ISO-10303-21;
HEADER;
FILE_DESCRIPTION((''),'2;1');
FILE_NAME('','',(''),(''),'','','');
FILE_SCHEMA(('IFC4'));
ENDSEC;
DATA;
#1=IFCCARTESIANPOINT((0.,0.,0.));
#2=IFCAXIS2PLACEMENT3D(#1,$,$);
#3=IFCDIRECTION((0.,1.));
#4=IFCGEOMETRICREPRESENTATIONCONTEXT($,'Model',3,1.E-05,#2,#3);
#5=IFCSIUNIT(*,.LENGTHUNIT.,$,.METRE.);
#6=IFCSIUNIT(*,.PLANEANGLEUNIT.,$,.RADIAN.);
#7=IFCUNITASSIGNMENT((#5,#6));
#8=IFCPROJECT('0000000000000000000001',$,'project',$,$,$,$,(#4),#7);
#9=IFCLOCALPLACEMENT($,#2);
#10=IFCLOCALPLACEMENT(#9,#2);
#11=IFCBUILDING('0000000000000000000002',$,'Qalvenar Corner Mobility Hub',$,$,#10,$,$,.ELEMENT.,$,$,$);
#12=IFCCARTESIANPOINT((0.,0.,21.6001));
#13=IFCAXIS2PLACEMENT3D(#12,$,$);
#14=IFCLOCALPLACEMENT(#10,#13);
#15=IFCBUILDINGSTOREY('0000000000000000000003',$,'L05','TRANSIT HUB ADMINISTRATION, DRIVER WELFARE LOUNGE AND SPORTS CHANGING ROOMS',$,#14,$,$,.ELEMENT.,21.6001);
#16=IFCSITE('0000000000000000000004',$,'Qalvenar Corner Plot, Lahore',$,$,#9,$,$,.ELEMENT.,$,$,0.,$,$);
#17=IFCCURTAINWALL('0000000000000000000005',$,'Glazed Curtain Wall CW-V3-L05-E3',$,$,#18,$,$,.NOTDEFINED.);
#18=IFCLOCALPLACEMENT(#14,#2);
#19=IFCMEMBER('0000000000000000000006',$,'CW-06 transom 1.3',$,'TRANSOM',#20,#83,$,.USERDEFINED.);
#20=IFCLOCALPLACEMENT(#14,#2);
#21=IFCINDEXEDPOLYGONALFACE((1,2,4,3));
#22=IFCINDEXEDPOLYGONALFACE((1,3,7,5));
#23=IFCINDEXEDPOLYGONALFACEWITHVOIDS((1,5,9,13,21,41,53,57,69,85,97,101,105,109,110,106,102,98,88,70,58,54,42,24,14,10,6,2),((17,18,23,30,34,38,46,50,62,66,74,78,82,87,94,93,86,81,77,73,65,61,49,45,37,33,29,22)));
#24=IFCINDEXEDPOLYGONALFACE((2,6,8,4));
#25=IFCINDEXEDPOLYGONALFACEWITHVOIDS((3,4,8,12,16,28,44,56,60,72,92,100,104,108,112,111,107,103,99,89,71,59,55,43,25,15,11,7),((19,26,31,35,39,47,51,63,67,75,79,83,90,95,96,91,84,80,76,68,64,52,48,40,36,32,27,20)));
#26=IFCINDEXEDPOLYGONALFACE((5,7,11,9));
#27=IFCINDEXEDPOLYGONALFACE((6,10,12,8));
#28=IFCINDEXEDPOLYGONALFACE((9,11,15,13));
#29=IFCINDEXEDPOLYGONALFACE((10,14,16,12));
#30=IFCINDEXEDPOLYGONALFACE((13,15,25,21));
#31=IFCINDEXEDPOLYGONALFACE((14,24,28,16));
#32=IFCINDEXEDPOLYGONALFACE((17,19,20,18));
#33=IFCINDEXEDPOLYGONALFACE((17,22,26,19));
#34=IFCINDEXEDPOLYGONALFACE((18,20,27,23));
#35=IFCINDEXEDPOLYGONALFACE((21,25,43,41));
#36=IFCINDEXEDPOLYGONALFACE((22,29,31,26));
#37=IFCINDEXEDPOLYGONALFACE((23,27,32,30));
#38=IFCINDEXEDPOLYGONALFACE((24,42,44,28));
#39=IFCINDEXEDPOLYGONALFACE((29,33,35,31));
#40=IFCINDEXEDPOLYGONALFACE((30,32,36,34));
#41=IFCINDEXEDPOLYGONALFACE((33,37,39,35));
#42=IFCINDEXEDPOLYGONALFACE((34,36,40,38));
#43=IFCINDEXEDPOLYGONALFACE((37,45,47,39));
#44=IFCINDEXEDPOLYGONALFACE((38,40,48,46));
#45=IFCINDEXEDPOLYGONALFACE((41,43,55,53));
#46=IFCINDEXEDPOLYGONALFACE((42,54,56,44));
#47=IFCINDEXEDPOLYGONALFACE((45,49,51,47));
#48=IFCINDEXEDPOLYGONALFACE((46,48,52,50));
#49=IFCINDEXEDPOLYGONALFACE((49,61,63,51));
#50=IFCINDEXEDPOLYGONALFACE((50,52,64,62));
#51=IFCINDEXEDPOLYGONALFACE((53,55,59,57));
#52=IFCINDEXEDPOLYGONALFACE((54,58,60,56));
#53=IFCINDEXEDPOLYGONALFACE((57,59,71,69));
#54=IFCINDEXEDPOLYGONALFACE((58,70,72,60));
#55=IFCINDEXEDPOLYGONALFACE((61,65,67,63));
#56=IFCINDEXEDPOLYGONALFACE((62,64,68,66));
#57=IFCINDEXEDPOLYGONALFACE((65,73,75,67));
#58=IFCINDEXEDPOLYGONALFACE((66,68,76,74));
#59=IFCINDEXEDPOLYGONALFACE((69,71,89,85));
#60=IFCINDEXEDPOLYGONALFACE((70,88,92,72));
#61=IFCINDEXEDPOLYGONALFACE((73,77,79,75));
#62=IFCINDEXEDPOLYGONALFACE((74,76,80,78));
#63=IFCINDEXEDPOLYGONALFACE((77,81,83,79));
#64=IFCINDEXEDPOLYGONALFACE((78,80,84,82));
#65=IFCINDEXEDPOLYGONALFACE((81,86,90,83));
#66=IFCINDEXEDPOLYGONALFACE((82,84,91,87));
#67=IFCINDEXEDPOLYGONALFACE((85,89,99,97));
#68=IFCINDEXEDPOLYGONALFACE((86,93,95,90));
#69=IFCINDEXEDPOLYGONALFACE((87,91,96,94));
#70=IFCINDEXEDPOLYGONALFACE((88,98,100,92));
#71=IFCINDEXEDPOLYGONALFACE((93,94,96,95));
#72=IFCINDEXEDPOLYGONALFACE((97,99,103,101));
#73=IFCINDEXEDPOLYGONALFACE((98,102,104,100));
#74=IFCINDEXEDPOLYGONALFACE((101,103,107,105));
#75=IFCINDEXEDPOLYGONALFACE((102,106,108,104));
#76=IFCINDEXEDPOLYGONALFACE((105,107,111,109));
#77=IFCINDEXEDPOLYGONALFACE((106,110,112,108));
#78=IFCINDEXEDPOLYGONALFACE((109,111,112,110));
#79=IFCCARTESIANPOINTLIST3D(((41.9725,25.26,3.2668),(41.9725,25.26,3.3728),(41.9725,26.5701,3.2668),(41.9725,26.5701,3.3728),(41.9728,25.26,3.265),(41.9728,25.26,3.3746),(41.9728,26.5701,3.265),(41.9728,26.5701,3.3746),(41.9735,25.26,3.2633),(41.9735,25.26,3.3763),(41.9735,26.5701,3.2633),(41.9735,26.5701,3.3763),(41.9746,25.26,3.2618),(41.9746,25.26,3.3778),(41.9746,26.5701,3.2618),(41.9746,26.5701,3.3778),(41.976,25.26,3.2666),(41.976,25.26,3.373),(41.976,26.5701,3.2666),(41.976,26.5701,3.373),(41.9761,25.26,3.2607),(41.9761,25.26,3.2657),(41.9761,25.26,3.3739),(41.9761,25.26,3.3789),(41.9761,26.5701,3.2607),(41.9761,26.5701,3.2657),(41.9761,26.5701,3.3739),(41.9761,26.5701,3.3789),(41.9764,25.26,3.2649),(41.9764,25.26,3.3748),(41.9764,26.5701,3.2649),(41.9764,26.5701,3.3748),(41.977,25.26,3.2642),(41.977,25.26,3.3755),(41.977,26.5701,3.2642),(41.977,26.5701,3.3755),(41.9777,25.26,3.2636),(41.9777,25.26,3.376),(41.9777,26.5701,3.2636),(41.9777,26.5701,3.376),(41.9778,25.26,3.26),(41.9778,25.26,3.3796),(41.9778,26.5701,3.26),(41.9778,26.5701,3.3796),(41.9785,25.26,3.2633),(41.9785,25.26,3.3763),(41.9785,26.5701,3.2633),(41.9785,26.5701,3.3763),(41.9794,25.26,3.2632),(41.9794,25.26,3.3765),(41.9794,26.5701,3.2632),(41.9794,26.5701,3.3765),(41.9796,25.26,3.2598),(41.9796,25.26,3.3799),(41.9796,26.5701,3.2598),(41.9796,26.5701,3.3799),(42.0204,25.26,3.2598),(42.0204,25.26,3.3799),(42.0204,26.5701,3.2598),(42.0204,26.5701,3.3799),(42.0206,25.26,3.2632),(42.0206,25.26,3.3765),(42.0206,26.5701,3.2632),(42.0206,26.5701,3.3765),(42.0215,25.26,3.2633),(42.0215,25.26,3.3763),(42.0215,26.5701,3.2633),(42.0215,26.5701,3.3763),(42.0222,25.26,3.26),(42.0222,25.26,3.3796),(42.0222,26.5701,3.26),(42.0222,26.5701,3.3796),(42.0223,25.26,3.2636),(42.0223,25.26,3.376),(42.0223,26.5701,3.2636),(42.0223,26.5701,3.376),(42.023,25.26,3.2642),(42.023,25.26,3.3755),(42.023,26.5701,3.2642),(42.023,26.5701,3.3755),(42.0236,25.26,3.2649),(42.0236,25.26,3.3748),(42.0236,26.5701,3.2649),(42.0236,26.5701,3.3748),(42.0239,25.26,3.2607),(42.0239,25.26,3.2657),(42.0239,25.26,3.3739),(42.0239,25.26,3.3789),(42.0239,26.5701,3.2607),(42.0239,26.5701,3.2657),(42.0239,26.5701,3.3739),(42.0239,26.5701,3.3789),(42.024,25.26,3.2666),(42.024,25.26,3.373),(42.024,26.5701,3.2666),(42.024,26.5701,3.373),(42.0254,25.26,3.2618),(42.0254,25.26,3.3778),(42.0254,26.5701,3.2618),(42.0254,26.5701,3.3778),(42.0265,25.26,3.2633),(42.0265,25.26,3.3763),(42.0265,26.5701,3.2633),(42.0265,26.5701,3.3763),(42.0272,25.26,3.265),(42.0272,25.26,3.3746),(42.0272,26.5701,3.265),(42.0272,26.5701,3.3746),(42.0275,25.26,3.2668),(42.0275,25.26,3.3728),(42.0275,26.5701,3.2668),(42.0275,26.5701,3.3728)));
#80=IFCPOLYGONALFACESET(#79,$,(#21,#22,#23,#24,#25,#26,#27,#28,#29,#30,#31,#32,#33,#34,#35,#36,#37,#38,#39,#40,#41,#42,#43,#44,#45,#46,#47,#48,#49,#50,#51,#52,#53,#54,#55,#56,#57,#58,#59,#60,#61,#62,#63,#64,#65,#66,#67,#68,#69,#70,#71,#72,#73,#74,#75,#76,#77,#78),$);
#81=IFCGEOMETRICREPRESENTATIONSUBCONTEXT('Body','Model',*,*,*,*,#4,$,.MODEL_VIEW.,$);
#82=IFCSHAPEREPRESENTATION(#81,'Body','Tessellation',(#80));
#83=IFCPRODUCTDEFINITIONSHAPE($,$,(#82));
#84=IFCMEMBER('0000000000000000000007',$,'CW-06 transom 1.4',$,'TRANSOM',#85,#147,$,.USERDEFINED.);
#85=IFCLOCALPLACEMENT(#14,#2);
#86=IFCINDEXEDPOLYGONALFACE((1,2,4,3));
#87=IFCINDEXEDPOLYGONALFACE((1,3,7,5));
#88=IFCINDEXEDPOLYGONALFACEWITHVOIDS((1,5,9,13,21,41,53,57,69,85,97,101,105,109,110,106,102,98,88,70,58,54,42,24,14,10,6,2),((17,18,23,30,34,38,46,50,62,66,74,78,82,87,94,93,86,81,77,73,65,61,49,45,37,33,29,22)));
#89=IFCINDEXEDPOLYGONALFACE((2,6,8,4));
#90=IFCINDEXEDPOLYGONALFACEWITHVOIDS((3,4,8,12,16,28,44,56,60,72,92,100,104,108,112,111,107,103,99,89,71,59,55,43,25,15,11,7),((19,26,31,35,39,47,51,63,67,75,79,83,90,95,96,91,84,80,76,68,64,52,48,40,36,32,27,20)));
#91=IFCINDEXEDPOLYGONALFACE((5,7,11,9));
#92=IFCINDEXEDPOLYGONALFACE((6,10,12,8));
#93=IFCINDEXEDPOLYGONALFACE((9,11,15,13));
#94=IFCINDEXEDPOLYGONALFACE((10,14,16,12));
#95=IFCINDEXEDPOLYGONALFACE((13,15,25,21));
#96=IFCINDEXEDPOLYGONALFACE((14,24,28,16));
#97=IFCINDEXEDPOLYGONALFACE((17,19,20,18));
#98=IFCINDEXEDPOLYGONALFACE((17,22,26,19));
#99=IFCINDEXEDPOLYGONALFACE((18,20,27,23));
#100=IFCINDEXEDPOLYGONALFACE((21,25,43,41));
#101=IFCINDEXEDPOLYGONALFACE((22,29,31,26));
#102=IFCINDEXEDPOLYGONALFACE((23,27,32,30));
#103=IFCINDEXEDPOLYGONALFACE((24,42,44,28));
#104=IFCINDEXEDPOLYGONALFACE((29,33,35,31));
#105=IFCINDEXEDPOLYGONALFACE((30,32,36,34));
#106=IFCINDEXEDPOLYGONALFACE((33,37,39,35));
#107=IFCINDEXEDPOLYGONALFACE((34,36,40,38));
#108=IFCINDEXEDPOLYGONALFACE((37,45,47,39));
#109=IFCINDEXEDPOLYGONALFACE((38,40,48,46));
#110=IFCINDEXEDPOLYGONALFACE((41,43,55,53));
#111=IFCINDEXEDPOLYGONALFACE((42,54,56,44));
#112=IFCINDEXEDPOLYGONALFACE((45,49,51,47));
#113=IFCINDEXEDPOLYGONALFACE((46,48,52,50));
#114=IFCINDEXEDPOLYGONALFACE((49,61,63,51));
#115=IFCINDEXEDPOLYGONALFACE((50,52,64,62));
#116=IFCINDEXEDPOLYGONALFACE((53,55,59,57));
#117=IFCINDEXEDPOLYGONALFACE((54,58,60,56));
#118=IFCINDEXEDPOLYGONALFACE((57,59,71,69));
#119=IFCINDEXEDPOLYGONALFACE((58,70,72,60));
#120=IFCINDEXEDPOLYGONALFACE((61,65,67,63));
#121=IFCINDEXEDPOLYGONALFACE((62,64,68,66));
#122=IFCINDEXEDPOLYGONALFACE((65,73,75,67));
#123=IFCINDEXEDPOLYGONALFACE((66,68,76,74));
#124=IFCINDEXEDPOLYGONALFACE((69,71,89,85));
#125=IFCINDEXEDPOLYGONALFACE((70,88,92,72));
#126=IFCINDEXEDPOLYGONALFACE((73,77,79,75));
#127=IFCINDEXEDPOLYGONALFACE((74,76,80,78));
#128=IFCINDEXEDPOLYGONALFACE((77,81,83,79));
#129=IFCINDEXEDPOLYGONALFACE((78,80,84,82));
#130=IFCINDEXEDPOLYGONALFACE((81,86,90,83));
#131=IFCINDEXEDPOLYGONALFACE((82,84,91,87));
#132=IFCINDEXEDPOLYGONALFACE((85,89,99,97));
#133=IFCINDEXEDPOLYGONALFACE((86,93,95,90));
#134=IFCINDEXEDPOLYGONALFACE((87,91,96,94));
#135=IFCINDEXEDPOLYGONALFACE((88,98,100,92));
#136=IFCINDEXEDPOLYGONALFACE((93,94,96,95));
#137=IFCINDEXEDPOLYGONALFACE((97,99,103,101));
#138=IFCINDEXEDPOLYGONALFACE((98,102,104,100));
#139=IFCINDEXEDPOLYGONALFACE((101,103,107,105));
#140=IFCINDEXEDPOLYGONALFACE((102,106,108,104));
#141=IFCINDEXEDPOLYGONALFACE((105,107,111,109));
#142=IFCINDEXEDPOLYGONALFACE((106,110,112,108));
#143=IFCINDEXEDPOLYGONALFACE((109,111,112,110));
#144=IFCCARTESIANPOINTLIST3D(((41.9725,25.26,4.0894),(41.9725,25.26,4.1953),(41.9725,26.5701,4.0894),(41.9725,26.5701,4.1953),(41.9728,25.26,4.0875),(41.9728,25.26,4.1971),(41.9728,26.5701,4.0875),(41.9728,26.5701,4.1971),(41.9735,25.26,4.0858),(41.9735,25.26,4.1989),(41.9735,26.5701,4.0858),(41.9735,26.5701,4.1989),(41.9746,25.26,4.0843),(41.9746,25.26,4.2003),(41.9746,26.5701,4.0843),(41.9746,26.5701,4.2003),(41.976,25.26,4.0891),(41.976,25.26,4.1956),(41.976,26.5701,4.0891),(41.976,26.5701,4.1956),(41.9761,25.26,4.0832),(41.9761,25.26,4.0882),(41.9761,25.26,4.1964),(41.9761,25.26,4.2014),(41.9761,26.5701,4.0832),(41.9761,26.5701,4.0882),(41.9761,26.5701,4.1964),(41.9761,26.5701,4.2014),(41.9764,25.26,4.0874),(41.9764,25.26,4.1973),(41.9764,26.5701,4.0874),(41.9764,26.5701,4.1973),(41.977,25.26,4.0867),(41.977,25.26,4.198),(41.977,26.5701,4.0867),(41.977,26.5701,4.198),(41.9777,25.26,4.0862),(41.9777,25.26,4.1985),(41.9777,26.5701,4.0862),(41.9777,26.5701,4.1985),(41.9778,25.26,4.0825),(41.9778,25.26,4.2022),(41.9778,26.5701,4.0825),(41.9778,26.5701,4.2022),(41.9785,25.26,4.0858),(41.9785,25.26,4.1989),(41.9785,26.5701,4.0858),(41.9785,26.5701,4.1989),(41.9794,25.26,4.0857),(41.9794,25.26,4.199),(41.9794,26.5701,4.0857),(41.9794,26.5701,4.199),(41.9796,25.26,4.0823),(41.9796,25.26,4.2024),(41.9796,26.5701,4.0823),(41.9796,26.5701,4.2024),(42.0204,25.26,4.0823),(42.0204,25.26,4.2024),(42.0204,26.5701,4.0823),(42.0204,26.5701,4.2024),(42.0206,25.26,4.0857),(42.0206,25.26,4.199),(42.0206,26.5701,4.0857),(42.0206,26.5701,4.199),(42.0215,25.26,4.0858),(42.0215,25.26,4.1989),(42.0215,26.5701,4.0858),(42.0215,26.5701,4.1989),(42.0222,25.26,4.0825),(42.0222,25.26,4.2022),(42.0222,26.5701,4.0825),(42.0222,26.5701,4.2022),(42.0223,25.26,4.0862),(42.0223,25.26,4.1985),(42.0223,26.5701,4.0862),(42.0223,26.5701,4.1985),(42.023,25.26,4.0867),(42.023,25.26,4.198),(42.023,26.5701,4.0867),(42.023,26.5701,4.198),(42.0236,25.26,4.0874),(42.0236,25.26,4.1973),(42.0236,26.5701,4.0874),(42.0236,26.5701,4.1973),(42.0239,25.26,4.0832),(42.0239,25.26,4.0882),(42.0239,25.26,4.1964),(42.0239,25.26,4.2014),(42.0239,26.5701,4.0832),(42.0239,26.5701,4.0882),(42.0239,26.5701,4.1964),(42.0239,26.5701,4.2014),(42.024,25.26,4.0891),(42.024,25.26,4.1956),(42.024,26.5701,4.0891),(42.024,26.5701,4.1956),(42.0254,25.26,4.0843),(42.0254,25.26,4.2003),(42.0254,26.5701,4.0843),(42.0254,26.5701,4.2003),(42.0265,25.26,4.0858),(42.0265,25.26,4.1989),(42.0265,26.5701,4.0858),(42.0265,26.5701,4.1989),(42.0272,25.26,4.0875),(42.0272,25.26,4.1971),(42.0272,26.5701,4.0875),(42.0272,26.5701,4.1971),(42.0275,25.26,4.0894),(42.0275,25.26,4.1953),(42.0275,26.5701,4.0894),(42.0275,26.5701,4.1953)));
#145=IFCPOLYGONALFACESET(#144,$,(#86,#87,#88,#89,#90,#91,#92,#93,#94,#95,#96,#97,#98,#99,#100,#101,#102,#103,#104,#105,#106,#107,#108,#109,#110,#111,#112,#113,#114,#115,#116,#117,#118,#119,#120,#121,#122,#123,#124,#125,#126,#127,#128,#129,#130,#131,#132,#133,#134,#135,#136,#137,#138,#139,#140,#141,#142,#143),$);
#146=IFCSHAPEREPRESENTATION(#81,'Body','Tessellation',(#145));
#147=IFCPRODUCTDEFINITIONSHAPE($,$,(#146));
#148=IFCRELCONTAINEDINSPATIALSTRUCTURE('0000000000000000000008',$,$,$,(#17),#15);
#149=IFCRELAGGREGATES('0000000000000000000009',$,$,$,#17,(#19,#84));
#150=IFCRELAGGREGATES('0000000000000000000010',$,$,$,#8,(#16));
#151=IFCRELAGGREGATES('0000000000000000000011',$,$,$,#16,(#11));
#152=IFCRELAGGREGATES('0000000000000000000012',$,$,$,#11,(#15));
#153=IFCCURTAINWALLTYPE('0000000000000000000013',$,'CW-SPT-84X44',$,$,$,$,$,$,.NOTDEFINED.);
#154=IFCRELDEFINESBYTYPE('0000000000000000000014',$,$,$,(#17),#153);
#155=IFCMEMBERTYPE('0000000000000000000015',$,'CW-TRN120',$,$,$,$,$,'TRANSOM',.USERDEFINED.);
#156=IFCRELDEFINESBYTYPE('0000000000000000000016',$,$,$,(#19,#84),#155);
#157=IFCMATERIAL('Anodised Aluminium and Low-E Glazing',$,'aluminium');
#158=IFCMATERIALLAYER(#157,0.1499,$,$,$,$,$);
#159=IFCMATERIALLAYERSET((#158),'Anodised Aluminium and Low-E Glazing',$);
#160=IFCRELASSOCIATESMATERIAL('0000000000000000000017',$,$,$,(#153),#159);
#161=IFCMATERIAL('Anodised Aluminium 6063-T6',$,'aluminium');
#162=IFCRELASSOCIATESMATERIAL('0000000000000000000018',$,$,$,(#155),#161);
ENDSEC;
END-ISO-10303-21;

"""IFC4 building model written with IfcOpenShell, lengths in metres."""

from ifc_helpers import new_model, si_unit, direction, frame, origin, origin_2d, place, context, subcontext, project, spatial, hollow_rectangle, extrude, material, layer, layer_set, material_profile, profile_set, type_object, element, aggregate, save


model = new_model("IFC4")

# Units and contexts
model_context = context("Model", 3, precision=1e-05, world=origin(), true_north=direction((0.0, 1.0)))
body_context = subcontext(model_context, "Body", "Model", "MODEL_VIEW")
ifc_project = project(units=[si_unit("LENGTHUNIT", "METRE"), si_unit("PLANEANGLEUNIT", "RADIAN")], contexts=[model_context])

# Site, building, storey
site_placement = place(None, origin())
site = spatial("IfcSite", under=ifc_project, at=site_placement, Name="Qalvenar Corner Plot, Lahore", CompositionType="ELEMENT", RefElevation=0.0)
building_placement = place(site_placement, origin())
building = spatial("IfcBuilding", under=site, at=building_placement, Name="Qalvenar Corner Mobility Hub", CompositionType="ELEMENT")
storey_placement = place(building_placement, frame((0.0, 0.0, 21.6001)))
storey = spatial("IfcBuildingStorey", under=building, at=storey_placement, Name="L05", Description="TRANSIT HUB ADMINISTRATION, DRIVER WELFARE LOUNGE AND SPORTS CHANGING ROOMS", CompositionType="ELEMENT", Elevation=21.6001)

# Curtain wall, members
ifc_material_1 = material(Name="Anodised Aluminium and Low-E Glazing", Category="aluminium")
ifc_layer_1 = layer(ifc_material_1, 0.1499)
ifc_layer_set_1 = layer_set([ifc_layer_1], Name="Anodised Aluminium and Low-E Glazing")
curtain_wall_type = type_object("IfcCurtainWallType", Name="CW-SPT-84X44", PredefinedType="NOTDEFINED", material=ifc_layer_set_1)
curtain_wall_placement = place(storey_placement, origin())
curtain_wall = element("IfcCurtainWall", 1, at=curtain_wall_placement, inside=storey, type_object=curtain_wall_type, Name="Glazed Curtain Wall CW-V3-L05-E3", PredefinedType="NOTDEFINED")
ifc_material_2 = material(Name="Anodised Aluminium 6063-T6", Category="aluminium")
ifc_material_profile_1 = material_profile(ifc_material_2, hollow_rectangle(XDim=0.0549, YDim=0.1201, WallThickness=0.0034, InnerFilletRadius=0.0034, OuterFilletRadius=0.0071, at=origin_2d()), Name="RHS120x55x3.5")
ifc_profile_set_1 = profile_set([ifc_material_profile_1], Name="Anodised Aluminium 6063-T6")
member_type_1 = type_object("IfcMemberType", Name="CW-TRN120", ElementType="TRANSOM", PredefinedType="USERDEFINED", material=ifc_profile_set_1)
member_1_placement = place(storey_placement, frame((42.0, 25.26, 3.3198), z_axis=(0.0, 1.0, 0.0), x_axis=(-1.0, 0.0, 0.0)))
member_1 = element("IfcMember", 2, at=member_1_placement, type_object=member_type_1, Name="CW-06 transom 1.3", ObjectType="TRANSOM", PredefinedType="USERDEFINED", context=body_context, shape_type="SweptSolid", body=[
    extrude(hollow_rectangle(XDim=0.0549, YDim=0.1201, WallThickness=0.0034, InnerFilletRadius=0.0034, OuterFilletRadius=0.0071, at=origin_2d()), origin(), (0.0, 0.0, 1.0), 1.3101),
])
member_2_placement = place(storey_placement, frame((42.0, 25.26, 4.1423), z_axis=(0.0, 1.0, 0.0), x_axis=(-1.0, 0.0, 0.0)))
member_2 = element("IfcMember", 3, at=member_2_placement, type_object=member_type_1, Name="CW-06 transom 1.4", ObjectType="TRANSOM", PredefinedType="USERDEFINED", context=body_context, shape_type="SweptSolid", body=[
    extrude(hollow_rectangle(XDim=0.0549, YDim=0.1201, WallThickness=0.0034, InnerFilletRadius=0.0034, OuterFilletRadius=0.0071, at=origin_2d()), origin(), (0.0, 0.0, 1.0), 1.3101),
])
aggregate(curtain_wall, [member_1, member_2])

save(model, "model.ifc")
